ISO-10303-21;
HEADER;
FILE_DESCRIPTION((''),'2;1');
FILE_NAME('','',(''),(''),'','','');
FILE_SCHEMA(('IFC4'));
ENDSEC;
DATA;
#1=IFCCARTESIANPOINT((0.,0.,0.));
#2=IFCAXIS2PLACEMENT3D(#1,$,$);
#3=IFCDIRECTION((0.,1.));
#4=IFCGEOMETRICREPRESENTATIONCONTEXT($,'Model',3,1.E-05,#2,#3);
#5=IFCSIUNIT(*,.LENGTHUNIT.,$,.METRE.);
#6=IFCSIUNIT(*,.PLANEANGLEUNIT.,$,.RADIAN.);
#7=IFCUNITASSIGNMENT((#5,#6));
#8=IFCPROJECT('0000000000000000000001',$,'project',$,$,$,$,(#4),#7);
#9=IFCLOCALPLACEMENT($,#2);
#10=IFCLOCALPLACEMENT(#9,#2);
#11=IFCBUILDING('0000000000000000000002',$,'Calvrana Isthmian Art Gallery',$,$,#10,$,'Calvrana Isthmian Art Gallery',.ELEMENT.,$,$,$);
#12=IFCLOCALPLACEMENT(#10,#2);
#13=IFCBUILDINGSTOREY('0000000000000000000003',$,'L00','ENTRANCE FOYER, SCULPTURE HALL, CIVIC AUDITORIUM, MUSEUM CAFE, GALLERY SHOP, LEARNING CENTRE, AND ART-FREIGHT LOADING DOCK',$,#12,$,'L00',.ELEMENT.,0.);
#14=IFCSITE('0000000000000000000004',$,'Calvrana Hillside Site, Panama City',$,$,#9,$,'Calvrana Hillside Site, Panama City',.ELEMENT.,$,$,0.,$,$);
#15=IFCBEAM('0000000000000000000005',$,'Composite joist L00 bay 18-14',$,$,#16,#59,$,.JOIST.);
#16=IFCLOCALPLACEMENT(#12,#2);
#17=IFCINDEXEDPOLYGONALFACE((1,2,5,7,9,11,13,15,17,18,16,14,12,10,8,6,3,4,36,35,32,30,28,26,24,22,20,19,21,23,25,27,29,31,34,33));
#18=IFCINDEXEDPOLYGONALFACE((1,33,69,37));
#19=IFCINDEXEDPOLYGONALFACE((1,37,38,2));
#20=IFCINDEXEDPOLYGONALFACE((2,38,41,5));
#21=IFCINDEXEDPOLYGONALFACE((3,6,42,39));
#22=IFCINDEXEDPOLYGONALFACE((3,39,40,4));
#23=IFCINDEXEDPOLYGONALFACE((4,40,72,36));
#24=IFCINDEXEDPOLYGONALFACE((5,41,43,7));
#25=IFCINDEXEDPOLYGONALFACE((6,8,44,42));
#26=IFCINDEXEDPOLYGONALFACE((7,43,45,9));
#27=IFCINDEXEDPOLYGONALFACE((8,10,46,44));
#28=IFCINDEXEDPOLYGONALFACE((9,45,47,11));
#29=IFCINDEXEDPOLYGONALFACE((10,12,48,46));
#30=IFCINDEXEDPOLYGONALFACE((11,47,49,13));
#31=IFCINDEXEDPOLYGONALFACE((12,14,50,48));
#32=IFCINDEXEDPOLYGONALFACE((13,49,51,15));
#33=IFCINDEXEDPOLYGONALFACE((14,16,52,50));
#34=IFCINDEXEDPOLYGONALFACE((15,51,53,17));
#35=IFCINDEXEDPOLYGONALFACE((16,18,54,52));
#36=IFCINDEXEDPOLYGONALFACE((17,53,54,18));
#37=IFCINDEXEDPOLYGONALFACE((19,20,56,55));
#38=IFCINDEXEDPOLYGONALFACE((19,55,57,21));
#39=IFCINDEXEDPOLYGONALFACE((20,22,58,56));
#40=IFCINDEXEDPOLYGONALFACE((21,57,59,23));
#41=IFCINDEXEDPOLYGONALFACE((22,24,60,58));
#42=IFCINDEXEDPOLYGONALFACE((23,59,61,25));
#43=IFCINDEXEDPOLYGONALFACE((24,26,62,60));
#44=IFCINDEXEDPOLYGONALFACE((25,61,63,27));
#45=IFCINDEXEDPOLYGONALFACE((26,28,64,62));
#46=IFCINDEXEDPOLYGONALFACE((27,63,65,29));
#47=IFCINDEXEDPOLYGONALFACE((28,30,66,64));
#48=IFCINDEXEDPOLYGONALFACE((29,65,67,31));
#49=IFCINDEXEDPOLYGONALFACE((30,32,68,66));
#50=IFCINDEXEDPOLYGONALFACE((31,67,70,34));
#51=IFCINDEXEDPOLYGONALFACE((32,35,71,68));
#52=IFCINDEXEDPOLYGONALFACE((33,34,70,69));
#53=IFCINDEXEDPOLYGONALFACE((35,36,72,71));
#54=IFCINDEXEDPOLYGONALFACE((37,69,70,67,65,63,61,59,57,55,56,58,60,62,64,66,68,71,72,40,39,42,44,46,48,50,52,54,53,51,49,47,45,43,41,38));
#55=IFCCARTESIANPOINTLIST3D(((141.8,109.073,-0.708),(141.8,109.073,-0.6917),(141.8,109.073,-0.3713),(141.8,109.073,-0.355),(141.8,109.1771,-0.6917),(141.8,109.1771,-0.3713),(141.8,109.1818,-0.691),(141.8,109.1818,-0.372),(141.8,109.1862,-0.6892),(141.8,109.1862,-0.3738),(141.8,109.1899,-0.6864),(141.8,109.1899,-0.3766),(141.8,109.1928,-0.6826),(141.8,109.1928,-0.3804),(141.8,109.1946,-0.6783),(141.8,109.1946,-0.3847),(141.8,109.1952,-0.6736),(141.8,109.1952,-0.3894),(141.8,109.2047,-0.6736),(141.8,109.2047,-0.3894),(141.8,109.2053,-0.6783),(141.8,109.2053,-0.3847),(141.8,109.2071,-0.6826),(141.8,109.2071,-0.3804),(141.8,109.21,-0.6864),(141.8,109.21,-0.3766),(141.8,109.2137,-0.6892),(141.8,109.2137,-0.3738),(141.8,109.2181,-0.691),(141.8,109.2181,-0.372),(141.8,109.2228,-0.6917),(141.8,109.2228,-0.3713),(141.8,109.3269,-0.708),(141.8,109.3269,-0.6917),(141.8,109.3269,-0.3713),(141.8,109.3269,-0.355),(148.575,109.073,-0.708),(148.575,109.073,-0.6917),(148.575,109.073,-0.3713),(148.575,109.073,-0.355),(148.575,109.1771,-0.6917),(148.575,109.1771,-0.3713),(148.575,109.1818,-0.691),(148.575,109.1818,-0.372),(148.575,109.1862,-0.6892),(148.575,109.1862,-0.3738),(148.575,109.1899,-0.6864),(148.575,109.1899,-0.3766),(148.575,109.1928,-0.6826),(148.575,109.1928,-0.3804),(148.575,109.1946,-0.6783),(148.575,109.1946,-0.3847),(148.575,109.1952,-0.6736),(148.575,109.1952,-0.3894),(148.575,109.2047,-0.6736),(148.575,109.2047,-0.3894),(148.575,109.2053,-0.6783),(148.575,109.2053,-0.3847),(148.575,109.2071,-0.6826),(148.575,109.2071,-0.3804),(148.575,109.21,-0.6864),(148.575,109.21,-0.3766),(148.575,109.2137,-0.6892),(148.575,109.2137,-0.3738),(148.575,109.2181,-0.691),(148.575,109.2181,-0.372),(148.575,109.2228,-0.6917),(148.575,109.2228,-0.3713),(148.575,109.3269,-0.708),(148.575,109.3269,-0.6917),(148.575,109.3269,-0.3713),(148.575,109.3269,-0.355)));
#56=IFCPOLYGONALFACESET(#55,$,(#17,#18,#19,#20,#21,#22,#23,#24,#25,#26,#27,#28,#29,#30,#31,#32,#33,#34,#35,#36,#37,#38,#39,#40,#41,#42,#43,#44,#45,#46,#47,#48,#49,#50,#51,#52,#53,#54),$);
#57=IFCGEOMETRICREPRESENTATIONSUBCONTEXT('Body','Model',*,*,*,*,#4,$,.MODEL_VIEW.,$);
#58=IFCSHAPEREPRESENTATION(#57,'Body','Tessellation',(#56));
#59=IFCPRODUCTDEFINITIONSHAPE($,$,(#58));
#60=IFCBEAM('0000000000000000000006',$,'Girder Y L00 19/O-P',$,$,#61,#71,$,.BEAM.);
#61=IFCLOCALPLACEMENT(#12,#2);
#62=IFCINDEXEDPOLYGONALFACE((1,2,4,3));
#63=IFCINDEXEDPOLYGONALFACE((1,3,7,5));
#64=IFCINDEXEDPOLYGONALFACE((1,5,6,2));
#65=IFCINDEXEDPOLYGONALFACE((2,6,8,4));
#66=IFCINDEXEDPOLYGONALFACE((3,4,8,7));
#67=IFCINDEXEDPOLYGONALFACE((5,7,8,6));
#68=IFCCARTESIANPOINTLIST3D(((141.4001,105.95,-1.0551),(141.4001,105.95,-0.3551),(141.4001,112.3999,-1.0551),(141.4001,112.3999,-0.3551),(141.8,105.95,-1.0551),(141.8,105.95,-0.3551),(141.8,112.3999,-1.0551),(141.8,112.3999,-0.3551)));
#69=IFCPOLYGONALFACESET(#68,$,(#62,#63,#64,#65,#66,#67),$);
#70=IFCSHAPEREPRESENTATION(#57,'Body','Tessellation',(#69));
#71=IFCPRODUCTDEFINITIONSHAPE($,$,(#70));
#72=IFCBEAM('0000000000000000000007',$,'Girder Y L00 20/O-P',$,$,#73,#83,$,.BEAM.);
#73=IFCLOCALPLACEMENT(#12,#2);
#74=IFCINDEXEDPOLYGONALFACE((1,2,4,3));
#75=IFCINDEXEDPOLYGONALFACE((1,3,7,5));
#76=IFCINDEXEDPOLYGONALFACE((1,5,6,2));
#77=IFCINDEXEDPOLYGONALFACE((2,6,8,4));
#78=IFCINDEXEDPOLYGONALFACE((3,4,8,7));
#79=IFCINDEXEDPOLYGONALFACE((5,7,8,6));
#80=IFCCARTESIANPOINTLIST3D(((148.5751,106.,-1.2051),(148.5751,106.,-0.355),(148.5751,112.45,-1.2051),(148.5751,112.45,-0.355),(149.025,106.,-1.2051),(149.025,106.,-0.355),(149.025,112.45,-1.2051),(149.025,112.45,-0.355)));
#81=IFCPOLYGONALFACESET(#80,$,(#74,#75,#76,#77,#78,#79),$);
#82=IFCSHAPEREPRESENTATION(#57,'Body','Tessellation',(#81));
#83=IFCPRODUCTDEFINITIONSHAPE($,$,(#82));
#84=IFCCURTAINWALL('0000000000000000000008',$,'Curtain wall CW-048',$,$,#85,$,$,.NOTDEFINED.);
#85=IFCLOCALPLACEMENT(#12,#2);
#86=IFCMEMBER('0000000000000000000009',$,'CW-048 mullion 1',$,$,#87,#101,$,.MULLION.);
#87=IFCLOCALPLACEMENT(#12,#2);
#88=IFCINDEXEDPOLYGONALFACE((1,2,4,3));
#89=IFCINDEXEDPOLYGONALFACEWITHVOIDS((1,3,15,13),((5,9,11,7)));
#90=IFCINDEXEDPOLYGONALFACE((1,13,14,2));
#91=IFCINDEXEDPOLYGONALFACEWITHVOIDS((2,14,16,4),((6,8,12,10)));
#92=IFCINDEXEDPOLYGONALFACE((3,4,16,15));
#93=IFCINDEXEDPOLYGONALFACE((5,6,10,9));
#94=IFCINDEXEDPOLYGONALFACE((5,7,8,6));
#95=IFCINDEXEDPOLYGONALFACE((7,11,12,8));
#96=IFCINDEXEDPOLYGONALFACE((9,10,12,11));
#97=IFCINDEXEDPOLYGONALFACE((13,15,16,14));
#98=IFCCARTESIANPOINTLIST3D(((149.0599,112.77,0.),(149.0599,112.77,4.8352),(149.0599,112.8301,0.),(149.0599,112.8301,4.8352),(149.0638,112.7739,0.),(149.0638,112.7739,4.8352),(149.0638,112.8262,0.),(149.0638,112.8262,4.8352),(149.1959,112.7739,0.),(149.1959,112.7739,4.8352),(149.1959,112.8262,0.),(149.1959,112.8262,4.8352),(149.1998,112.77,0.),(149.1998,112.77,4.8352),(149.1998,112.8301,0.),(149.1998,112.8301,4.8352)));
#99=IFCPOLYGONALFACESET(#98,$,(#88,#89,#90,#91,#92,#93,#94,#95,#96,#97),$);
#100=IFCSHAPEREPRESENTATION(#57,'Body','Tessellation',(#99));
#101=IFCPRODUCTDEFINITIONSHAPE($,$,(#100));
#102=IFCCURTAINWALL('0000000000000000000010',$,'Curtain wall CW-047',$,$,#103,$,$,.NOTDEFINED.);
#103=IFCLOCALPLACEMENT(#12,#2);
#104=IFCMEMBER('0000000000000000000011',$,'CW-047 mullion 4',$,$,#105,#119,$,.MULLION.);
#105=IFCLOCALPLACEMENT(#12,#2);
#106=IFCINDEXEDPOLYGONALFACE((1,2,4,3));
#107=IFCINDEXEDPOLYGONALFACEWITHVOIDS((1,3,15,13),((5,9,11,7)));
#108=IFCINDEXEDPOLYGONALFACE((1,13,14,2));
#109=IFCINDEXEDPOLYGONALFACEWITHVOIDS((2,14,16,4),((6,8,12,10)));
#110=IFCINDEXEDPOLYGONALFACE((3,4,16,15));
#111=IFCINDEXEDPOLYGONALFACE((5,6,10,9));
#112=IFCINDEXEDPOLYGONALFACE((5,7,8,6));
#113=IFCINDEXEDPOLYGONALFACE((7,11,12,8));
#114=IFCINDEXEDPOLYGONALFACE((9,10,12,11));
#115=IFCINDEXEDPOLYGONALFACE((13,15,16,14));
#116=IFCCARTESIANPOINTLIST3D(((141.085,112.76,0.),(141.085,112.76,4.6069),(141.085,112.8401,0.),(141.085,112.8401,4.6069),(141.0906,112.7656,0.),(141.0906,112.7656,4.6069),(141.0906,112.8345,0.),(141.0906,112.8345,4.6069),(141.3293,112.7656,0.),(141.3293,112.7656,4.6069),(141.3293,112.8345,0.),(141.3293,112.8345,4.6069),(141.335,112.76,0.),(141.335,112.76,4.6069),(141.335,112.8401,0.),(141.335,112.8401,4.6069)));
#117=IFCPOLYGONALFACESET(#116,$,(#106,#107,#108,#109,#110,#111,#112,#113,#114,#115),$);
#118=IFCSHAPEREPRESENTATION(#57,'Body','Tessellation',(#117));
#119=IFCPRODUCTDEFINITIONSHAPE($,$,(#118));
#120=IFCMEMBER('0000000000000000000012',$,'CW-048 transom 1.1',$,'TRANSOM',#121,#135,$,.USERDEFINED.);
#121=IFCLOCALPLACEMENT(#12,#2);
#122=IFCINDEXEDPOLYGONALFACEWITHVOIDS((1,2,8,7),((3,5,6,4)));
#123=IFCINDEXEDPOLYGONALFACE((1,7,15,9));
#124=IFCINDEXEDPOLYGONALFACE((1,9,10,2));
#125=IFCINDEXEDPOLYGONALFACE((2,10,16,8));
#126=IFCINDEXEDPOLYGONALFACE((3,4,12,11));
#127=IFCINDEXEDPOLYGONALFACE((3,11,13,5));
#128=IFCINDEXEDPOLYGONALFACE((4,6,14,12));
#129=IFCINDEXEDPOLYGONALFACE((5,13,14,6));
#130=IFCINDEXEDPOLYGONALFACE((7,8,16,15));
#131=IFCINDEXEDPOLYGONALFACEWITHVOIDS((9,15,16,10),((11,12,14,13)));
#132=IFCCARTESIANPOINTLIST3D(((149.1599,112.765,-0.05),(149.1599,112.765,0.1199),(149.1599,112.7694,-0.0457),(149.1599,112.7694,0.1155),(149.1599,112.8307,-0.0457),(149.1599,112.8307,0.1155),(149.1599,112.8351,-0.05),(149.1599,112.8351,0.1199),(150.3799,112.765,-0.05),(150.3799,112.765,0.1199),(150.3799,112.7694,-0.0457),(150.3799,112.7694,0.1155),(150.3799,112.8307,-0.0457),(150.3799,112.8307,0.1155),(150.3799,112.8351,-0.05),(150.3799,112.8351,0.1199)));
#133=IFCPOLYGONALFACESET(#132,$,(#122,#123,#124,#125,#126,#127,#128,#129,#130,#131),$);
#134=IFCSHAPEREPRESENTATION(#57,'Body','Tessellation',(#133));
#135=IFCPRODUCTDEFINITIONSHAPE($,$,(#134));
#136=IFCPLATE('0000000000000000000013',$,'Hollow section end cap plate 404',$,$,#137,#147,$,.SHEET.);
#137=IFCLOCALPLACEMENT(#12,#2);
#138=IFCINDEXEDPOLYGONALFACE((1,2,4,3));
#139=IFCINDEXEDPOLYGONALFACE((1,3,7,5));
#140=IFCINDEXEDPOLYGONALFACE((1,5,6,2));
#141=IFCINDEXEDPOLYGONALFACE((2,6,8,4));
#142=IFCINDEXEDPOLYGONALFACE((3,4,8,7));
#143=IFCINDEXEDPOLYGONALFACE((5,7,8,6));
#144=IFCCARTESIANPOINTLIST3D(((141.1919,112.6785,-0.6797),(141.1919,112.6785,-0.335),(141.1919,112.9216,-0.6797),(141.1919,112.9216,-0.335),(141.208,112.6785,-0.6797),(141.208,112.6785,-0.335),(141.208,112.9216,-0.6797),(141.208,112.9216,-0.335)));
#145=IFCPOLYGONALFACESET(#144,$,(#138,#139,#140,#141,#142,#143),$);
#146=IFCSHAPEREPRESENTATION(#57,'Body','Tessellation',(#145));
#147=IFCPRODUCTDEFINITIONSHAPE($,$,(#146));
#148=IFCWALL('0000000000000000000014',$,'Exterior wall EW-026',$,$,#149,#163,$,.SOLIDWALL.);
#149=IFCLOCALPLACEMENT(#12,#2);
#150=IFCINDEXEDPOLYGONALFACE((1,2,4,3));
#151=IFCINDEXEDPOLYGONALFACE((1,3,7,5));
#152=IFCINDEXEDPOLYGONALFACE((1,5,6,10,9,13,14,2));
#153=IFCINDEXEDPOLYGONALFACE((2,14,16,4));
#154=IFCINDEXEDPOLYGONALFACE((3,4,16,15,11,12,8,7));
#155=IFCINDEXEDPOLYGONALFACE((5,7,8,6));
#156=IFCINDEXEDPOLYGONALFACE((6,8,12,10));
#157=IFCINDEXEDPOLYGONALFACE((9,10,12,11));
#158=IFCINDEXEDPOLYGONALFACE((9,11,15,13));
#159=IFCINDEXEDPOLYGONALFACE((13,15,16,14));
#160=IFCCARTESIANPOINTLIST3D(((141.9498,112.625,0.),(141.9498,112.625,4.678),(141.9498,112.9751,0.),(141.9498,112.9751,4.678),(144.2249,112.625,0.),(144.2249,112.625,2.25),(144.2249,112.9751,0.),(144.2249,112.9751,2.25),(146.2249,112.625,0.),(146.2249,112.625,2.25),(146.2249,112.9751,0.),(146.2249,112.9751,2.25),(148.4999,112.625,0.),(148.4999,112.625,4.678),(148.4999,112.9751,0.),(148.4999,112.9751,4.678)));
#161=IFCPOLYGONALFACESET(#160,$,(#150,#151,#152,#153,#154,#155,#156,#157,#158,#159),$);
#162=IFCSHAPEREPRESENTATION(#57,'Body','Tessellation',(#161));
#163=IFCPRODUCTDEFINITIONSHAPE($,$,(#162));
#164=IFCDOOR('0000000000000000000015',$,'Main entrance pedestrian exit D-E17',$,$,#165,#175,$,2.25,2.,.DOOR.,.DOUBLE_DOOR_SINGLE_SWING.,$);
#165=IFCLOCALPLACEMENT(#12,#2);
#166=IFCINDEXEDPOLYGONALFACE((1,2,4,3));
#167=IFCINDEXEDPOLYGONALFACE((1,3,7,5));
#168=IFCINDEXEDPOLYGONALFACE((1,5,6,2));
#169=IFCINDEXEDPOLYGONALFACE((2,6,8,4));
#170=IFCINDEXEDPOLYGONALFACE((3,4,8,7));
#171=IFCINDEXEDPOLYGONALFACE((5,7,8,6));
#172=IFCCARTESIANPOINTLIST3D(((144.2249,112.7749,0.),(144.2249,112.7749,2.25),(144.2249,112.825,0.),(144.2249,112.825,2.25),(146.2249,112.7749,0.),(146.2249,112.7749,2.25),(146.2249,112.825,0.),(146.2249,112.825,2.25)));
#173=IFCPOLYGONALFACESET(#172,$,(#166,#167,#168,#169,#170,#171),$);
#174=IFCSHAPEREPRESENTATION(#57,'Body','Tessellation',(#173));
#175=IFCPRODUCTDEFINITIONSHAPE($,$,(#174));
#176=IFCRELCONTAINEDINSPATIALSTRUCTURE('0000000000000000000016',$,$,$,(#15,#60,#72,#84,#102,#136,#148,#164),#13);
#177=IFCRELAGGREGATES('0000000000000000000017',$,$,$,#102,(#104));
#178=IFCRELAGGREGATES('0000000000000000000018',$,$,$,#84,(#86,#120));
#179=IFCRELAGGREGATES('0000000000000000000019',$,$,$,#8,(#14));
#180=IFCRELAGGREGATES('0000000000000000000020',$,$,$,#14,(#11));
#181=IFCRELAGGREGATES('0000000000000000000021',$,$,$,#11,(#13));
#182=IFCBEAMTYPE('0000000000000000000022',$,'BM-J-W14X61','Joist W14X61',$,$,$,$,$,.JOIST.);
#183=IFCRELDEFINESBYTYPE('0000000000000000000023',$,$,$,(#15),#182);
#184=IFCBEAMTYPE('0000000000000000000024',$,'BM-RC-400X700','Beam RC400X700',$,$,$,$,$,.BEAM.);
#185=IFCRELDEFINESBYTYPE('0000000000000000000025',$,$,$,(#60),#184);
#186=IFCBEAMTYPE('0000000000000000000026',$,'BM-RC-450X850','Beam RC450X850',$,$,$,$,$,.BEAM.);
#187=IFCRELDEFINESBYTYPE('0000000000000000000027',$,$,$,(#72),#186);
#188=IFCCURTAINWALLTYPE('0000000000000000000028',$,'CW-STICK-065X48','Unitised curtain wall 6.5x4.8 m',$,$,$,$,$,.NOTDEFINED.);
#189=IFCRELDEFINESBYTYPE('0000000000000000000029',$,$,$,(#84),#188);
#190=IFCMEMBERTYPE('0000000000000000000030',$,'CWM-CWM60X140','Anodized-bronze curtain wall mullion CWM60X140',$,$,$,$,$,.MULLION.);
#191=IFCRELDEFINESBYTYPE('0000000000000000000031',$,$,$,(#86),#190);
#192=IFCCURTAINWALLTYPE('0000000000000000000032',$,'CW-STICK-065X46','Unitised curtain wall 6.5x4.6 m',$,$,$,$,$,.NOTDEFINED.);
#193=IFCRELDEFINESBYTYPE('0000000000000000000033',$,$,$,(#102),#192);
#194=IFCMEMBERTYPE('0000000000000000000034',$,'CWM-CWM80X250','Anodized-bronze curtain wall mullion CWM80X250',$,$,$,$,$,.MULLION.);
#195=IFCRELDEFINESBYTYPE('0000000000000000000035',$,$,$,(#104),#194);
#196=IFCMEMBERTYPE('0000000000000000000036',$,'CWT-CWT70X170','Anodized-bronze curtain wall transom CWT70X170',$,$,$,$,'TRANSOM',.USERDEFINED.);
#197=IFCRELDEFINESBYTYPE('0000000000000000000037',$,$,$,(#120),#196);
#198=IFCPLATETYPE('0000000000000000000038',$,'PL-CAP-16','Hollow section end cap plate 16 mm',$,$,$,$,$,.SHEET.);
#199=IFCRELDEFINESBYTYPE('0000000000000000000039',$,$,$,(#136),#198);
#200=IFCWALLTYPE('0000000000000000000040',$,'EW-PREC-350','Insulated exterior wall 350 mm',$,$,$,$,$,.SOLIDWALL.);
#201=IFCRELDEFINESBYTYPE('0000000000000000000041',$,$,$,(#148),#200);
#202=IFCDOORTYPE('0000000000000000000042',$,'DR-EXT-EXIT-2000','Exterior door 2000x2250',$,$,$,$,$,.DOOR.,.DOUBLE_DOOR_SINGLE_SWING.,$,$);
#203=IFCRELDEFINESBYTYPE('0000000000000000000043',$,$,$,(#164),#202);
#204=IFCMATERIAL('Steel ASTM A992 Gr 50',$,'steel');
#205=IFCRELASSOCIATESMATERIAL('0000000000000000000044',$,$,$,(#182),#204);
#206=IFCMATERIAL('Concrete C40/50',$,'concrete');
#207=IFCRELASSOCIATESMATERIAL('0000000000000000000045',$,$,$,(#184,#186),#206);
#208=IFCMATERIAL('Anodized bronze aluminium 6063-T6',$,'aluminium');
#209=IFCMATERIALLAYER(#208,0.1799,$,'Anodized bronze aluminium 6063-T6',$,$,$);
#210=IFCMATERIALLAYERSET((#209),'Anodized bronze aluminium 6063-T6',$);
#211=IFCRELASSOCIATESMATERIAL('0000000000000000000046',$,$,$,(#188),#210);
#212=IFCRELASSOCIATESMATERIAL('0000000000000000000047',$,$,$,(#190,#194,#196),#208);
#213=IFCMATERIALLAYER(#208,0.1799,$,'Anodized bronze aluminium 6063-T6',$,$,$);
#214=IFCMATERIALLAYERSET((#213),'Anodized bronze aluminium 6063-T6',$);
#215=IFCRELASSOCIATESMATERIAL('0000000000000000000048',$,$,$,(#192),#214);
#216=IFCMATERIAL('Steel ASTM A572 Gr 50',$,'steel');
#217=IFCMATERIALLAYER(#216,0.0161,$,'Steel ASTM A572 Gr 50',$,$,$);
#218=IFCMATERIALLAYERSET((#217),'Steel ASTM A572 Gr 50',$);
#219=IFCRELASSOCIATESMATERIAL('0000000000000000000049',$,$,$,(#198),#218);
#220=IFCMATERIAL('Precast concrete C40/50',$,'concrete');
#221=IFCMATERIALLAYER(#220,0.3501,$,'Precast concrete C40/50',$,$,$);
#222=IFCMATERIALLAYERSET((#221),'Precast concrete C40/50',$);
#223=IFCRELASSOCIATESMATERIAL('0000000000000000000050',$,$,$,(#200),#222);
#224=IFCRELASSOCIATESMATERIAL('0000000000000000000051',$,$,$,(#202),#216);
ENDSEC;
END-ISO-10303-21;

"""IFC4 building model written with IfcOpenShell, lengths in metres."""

from ifc_helpers import new_model, si_unit, direction, frame, frame_2d, origin, origin_2d, place, context, subcontext, project, spatial, rectangle, hollow_rectangle, i_section, extrude, material, layer, layer_set, material_profile, profile_set, type_object, element, fill, aggregate, save


model = new_model("IFC4")

# Units and contexts
model_context = context("Model", 3, precision=1e-05, world=origin(), true_north=direction((0.0, 1.0)))
body_context = subcontext(model_context, "Body", "Model", "MODEL_VIEW")
ifc_project = project(units=[si_unit("LENGTHUNIT", "METRE"), si_unit("PLANEANGLEUNIT", "RADIAN")], contexts=[model_context])

# Site, building, storey
site_placement = place(None, origin())
site = spatial("IfcSite", under=ifc_project, at=site_placement, Name="Calvrana Hillside Site, Panama City", LongName="Calvrana Hillside Site, Panama City", CompositionType="ELEMENT", RefElevation=0.0)
building_placement = place(site_placement, origin())
building = spatial("IfcBuilding", under=site, at=building_placement, Name="Calvrana Isthmian Art Gallery", LongName="Calvrana Isthmian Art Gallery", CompositionType="ELEMENT")
storey_placement = place(building_placement, origin())
storey = spatial("IfcBuildingStorey", under=building, at=storey_placement, Name="L00", Description="ENTRANCE FOYER, SCULPTURE HALL, CIVIC AUDITORIUM, MUSEUM CAFE, GALLERY SHOP, LEARNING CENTRE, AND ART-FREIGHT LOADING DOCK", LongName="L00", CompositionType="ELEMENT", Elevation=0.0)

# Shared definitions
ifc_material_1 = material(Name="Concrete C40/50", Category="concrete")

# Beams
ifc_material_2 = material(Name="Steel ASTM A992 Gr 50", Category="steel")
ifc_material_profile_1 = material_profile(ifc_material_2, i_section(OverallWidth=0.2539, OverallDepth=0.353, WebThickness=0.0095, FlangeThickness=0.0164, FilletRadius=0.0181, at=origin_2d()), Name="W14X61")
ifc_profile_set_1 = profile_set([ifc_material_profile_1], Name="Steel ASTM A992 Gr 50")
beam_type_1 = type_object("IfcBeamType", Name="BM-J-W14X61", Description="Joist W14X61", PredefinedType="JOIST", material=ifc_profile_set_1)
beam_1_placement = place(storey_placement, frame((141.8, 109.2, -0.5315), z_axis=(1.0, 0.0, 0.0), x_axis=(0.0, 1.0, 0.0)))
element("IfcBeam", 1, at=beam_1_placement, inside=storey, type_object=beam_type_1, Name="Composite joist L00 bay 18-14", PredefinedType="JOIST", context=body_context, shape_type="SweptSolid", body=[
    extrude(i_section(OverallWidth=0.2539, OverallDepth=0.353, WebThickness=0.0095, FlangeThickness=0.0164, FilletRadius=0.0181, at=origin_2d()), origin(), (0.0, 0.0, 1.0), 6.7749),
])
ifc_material_profile_2 = material_profile(ifc_material_1, rectangle(XDim=0.3999, YDim=0.7, at=origin_2d()), Name="RC400X700")
ifc_profile_set_2 = profile_set([ifc_material_profile_2], Name="Concrete C40/50")
beam_type_2 = type_object("IfcBeamType", Name="BM-RC-400X700", Description="Beam RC400X700", PredefinedType="BEAM", material=ifc_profile_set_2)
beam_2_placement = place(storey_placement, frame((141.6001, 105.95, -0.7051), z_axis=(0.0, 1.0, 0.0), x_axis=(-1.0, 0.0, 0.0)))
element("IfcBeam", 2, at=beam_2_placement, inside=storey, type_object=beam_type_2, Name="Girder Y L00 19/O-P", PredefinedType="BEAM", context=body_context, shape_type="SweptSolid", body=[
    extrude(rectangle(XDim=0.3999, YDim=0.7, at=origin_2d()), origin(), (0.0, 0.0, 1.0), 6.45),
])
ifc_material_profile_3 = material_profile(ifc_material_1, rectangle(XDim=0.45, YDim=0.8501, at=origin_2d()), Name="RC450X850")
ifc_profile_set_3 = profile_set([ifc_material_profile_3], Name="Concrete C40/50")
beam_type_3 = type_object("IfcBeamType", Name="BM-RC-450X850", Description="Beam RC450X850", PredefinedType="BEAM", material=ifc_profile_set_3)
beam_3_placement = place(storey_placement, frame((148.8, 106.0, -0.78), z_axis=(0.0, 1.0, 0.0), x_axis=(-1.0, 0.0, 0.0)))
element("IfcBeam", 3, at=beam_3_placement, inside=storey, type_object=beam_type_3, Name="Girder Y L00 20/O-P", PredefinedType="BEAM", context=body_context, shape_type="SweptSolid", body=[
    extrude(rectangle(XDim=0.45, YDim=0.8501, at=origin_2d()), origin(), (0.0, 0.0, 1.0), 6.45),
])

# Curtain walls, members
ifc_material_3 = material(Name="Anodized bronze aluminium 6063-T6", Category="aluminium")
ifc_layer_1 = layer(ifc_material_3, 0.1799, Name="Anodized bronze aluminium 6063-T6")
ifc_layer_set_1 = layer_set([ifc_layer_1], Name="Anodized bronze aluminium 6063-T6")
curtain_wall_type_1 = type_object("IfcCurtainWallType", Name="CW-STICK-065X48", Description="Unitised curtain wall 6.5x4.8 m", PredefinedType="NOTDEFINED", material=ifc_layer_set_1)
curtain_wall_1_placement = place(storey_placement, origin())
curtain_wall_1 = element("IfcCurtainWall", 4, at=curtain_wall_1_placement, inside=storey, type_object=curtain_wall_type_1, Name="Curtain wall CW-048", PredefinedType="NOTDEFINED")
ifc_material_profile_4 = material_profile(ifc_material_3, hollow_rectangle(XDim=0.0601, YDim=0.1399, WallThickness=0.0039, at=origin_2d()), Name="CWM60X140")
ifc_profile_set_4 = profile_set([ifc_material_profile_4], Name="Anodized bronze aluminium 6063-T6")
member_type_1 = type_object("IfcMemberType", Name="CWM-CWM60X140", Description="Anodized-bronze curtain wall mullion CWM60X140", PredefinedType="MULLION", material=ifc_profile_set_4)
member_1_placement = place(storey_placement, frame((149.1299, 112.8, 0.0), z_axis=(0.0, 0.0, 1.0), x_axis=(0.0, 1.0, 0.0)))
member_1 = element("IfcMember", 5, at=member_1_placement, type_object=member_type_1, Name="CW-048 mullion 1", PredefinedType="MULLION", context=body_context, shape_type="SweptSolid", body=[
    extrude(hollow_rectangle(XDim=0.0601, YDim=0.1399, WallThickness=0.0039, at=origin_2d()), origin(), (0.0, 0.0, 1.0), 4.8352),
])
ifc_layer_2 = layer(ifc_material_3, 0.1799, Name="Anodized bronze aluminium 6063-T6")
ifc_layer_set_2 = layer_set([ifc_layer_2], Name="Anodized bronze aluminium 6063-T6")
curtain_wall_type_2 = type_object("IfcCurtainWallType", Name="CW-STICK-065X46", Description="Unitised curtain wall 6.5x4.6 m", PredefinedType="NOTDEFINED", material=ifc_layer_set_2)
curtain_wall_2_placement = place(storey_placement, origin())
curtain_wall_2 = element("IfcCurtainWall", 6, at=curtain_wall_2_placement, inside=storey, type_object=curtain_wall_type_2, Name="Curtain wall CW-047", PredefinedType="NOTDEFINED")
ifc_material_profile_5 = material_profile(ifc_material_3, hollow_rectangle(XDim=0.0801, YDim=0.25, WallThickness=0.0056, at=origin_2d()), Name="CWM80X250")
ifc_profile_set_5 = profile_set([ifc_material_profile_5], Name="Anodized bronze aluminium 6063-T6")
member_type_2 = type_object("IfcMemberType", Name="CWM-CWM80X250", Description="Anodized-bronze curtain wall mullion CWM80X250", PredefinedType="MULLION", material=ifc_profile_set_5)
member_2_placement = place(storey_placement, frame((141.21, 112.8, 0.0), z_axis=(0.0, 0.0, 1.0), x_axis=(0.0, 1.0, 0.0)))
member_2 = element("IfcMember", 7, at=member_2_placement, type_object=member_type_2, Name="CW-047 mullion 4", PredefinedType="MULLION", context=body_context, shape_type="SweptSolid", body=[
    extrude(hollow_rectangle(XDim=0.0801, YDim=0.25, WallThickness=0.0056, at=origin_2d()), origin(), (0.0, 0.0, 1.0), 4.6069),
])
aggregate(curtain_wall_2, [member_2])

# Member
ifc_material_profile_6 = material_profile(ifc_material_3, hollow_rectangle(XDim=0.0701, YDim=0.1699, WallThickness=0.0044, at=origin_2d()), Name="CWT70X170")
ifc_profile_set_6 = profile_set([ifc_material_profile_6], Name="Anodized bronze aluminium 6063-T6")
member_type_3 = type_object("IfcMemberType", Name="CWT-CWT70X170", Description="Anodized-bronze curtain wall transom CWT70X170", ElementType="TRANSOM", PredefinedType="USERDEFINED", material=ifc_profile_set_6)
member_3_placement = place(storey_placement, frame((149.1599, 112.8, 0.0349), z_axis=(1.0, 0.0, 0.0), x_axis=(0.0, 1.0, 0.0)))
member_3 = element("IfcMember", 8, at=member_3_placement, type_object=member_type_3, Name="CW-048 transom 1.1", ObjectType="TRANSOM", PredefinedType="USERDEFINED", context=body_context, shape_type="SweptSolid", body=[
    extrude(hollow_rectangle(XDim=0.0701, YDim=0.1699, WallThickness=0.0044, at=origin_2d()), origin(), (0.0, 0.0, 1.0), 1.22),
])
aggregate(curtain_wall_1, [member_1, member_3])

# Plate
ifc_material_4 = material(Name="Steel ASTM A572 Gr 50", Category="steel")
ifc_layer_3 = layer(ifc_material_4, 0.0161, Name="Steel ASTM A572 Gr 50")
ifc_layer_set_3 = layer_set([ifc_layer_3], Name="Steel ASTM A572 Gr 50")
plate_type = type_object("IfcPlateType", Name="PL-CAP-16", Description="Hollow section end cap plate 16 mm", PredefinedType="SHEET", material=ifc_layer_set_3)
plate_placement = place(storey_placement, frame((141.2, 112.8, -0.6797), z_axis=(0.0, 0.0, 1.0), x_axis=(1.0, 0.0, 0.0)))
element("IfcPlate", 9, at=plate_placement, inside=storey, type_object=plate_type, Name="Hollow section end cap plate 404", PredefinedType="SHEET", context=body_context, shape_type="SweptSolid", body=[
    extrude(rectangle(XDim=0.0161, YDim=0.2432, at=origin_2d()), origin(), (0.0, 0.0, 1.0), 0.3447),
])

# Wall, opening, door
ifc_material_5 = material(Name="Precast concrete C40/50", Category="concrete")
ifc_layer_4 = layer(ifc_material_5, 0.3501, Name="Precast concrete C40/50")
ifc_layer_set_4 = layer_set([ifc_layer_4], Name="Precast concrete C40/50")
wall_type_1 = type_object("IfcWallType", Name="EW-PREC-350", Description="Insulated exterior wall 350 mm", PredefinedType="SOLIDWALL", material=ifc_layer_set_4)
wall_1_placement = place(storey_placement, frame((141.95, 112.8, 0.0), z_axis=(0.0, 0.0, 1.0), x_axis=(1.0, 0.0, 0.0)))
wall_1 = element("IfcWall", 10, at=wall_1_placement, inside=storey, type_object=wall_type_1, Name="Exterior wall EW-026", PredefinedType="SOLIDWALL", context=body_context, shape_type="SweptSolid", body=[
    extrude(rectangle(XDim=6.55, YDim=0.3501, at=frame_2d((3.2749, 0.0))), origin(), (0.0, 0.0, 1.0), 4.678),
])
opening_1_placement = place(wall_1_placement, frame((2.2749, 0.0, 0.0)))
opening_1 = element("IfcOpeningElement", 11, at=opening_1_placement, cuts=wall_1, PredefinedType="OPENING", context=body_context, shape_type="SweptSolid", body=[
    extrude(rectangle(XDim=2.0, YDim=2.25, at=frame_2d((1.0, 1.125))), frame((0.0, 0.1853, 0.0), z_axis=(0.0, -1.0, 0.0), x_axis=(1.0, 0.0, 0.0)), (0.0, 0.0, 1.0), 0.3706),
])
door_type_1 = type_object("IfcDoorType", Name="DR-EXT-EXIT-2000", Description="Exterior door 2000x2250", OperationType="DOUBLE_DOOR_SINGLE_SWING", PredefinedType="DOOR", material=ifc_material_4)
door_1_placement = place(opening_1_placement, origin())
door_1 = element("IfcDoor", 12, at=door_1_placement, inside=storey, type_object=door_type_1, Name="Main entrance pedestrian exit D-E17", OperationType="DOUBLE_DOOR_SINGLE_SWING", OverallHeight=2.25, OverallWidth=2.0, PredefinedType="DOOR", context=body_context, shape_type="SweptSolid", body=[
    extrude(rectangle(XDim=2.0, YDim=2.25, at=frame_2d((1.0, 1.125))), frame((0.0, 0.0249, 0.0), z_axis=(0.0, -1.0, 0.0), x_axis=(1.0, 0.0, 0.0)), (0.0, 0.0, 1.0), 0.05),
])
fill(opening_1, door_1)

save(model, "model.ifc")
